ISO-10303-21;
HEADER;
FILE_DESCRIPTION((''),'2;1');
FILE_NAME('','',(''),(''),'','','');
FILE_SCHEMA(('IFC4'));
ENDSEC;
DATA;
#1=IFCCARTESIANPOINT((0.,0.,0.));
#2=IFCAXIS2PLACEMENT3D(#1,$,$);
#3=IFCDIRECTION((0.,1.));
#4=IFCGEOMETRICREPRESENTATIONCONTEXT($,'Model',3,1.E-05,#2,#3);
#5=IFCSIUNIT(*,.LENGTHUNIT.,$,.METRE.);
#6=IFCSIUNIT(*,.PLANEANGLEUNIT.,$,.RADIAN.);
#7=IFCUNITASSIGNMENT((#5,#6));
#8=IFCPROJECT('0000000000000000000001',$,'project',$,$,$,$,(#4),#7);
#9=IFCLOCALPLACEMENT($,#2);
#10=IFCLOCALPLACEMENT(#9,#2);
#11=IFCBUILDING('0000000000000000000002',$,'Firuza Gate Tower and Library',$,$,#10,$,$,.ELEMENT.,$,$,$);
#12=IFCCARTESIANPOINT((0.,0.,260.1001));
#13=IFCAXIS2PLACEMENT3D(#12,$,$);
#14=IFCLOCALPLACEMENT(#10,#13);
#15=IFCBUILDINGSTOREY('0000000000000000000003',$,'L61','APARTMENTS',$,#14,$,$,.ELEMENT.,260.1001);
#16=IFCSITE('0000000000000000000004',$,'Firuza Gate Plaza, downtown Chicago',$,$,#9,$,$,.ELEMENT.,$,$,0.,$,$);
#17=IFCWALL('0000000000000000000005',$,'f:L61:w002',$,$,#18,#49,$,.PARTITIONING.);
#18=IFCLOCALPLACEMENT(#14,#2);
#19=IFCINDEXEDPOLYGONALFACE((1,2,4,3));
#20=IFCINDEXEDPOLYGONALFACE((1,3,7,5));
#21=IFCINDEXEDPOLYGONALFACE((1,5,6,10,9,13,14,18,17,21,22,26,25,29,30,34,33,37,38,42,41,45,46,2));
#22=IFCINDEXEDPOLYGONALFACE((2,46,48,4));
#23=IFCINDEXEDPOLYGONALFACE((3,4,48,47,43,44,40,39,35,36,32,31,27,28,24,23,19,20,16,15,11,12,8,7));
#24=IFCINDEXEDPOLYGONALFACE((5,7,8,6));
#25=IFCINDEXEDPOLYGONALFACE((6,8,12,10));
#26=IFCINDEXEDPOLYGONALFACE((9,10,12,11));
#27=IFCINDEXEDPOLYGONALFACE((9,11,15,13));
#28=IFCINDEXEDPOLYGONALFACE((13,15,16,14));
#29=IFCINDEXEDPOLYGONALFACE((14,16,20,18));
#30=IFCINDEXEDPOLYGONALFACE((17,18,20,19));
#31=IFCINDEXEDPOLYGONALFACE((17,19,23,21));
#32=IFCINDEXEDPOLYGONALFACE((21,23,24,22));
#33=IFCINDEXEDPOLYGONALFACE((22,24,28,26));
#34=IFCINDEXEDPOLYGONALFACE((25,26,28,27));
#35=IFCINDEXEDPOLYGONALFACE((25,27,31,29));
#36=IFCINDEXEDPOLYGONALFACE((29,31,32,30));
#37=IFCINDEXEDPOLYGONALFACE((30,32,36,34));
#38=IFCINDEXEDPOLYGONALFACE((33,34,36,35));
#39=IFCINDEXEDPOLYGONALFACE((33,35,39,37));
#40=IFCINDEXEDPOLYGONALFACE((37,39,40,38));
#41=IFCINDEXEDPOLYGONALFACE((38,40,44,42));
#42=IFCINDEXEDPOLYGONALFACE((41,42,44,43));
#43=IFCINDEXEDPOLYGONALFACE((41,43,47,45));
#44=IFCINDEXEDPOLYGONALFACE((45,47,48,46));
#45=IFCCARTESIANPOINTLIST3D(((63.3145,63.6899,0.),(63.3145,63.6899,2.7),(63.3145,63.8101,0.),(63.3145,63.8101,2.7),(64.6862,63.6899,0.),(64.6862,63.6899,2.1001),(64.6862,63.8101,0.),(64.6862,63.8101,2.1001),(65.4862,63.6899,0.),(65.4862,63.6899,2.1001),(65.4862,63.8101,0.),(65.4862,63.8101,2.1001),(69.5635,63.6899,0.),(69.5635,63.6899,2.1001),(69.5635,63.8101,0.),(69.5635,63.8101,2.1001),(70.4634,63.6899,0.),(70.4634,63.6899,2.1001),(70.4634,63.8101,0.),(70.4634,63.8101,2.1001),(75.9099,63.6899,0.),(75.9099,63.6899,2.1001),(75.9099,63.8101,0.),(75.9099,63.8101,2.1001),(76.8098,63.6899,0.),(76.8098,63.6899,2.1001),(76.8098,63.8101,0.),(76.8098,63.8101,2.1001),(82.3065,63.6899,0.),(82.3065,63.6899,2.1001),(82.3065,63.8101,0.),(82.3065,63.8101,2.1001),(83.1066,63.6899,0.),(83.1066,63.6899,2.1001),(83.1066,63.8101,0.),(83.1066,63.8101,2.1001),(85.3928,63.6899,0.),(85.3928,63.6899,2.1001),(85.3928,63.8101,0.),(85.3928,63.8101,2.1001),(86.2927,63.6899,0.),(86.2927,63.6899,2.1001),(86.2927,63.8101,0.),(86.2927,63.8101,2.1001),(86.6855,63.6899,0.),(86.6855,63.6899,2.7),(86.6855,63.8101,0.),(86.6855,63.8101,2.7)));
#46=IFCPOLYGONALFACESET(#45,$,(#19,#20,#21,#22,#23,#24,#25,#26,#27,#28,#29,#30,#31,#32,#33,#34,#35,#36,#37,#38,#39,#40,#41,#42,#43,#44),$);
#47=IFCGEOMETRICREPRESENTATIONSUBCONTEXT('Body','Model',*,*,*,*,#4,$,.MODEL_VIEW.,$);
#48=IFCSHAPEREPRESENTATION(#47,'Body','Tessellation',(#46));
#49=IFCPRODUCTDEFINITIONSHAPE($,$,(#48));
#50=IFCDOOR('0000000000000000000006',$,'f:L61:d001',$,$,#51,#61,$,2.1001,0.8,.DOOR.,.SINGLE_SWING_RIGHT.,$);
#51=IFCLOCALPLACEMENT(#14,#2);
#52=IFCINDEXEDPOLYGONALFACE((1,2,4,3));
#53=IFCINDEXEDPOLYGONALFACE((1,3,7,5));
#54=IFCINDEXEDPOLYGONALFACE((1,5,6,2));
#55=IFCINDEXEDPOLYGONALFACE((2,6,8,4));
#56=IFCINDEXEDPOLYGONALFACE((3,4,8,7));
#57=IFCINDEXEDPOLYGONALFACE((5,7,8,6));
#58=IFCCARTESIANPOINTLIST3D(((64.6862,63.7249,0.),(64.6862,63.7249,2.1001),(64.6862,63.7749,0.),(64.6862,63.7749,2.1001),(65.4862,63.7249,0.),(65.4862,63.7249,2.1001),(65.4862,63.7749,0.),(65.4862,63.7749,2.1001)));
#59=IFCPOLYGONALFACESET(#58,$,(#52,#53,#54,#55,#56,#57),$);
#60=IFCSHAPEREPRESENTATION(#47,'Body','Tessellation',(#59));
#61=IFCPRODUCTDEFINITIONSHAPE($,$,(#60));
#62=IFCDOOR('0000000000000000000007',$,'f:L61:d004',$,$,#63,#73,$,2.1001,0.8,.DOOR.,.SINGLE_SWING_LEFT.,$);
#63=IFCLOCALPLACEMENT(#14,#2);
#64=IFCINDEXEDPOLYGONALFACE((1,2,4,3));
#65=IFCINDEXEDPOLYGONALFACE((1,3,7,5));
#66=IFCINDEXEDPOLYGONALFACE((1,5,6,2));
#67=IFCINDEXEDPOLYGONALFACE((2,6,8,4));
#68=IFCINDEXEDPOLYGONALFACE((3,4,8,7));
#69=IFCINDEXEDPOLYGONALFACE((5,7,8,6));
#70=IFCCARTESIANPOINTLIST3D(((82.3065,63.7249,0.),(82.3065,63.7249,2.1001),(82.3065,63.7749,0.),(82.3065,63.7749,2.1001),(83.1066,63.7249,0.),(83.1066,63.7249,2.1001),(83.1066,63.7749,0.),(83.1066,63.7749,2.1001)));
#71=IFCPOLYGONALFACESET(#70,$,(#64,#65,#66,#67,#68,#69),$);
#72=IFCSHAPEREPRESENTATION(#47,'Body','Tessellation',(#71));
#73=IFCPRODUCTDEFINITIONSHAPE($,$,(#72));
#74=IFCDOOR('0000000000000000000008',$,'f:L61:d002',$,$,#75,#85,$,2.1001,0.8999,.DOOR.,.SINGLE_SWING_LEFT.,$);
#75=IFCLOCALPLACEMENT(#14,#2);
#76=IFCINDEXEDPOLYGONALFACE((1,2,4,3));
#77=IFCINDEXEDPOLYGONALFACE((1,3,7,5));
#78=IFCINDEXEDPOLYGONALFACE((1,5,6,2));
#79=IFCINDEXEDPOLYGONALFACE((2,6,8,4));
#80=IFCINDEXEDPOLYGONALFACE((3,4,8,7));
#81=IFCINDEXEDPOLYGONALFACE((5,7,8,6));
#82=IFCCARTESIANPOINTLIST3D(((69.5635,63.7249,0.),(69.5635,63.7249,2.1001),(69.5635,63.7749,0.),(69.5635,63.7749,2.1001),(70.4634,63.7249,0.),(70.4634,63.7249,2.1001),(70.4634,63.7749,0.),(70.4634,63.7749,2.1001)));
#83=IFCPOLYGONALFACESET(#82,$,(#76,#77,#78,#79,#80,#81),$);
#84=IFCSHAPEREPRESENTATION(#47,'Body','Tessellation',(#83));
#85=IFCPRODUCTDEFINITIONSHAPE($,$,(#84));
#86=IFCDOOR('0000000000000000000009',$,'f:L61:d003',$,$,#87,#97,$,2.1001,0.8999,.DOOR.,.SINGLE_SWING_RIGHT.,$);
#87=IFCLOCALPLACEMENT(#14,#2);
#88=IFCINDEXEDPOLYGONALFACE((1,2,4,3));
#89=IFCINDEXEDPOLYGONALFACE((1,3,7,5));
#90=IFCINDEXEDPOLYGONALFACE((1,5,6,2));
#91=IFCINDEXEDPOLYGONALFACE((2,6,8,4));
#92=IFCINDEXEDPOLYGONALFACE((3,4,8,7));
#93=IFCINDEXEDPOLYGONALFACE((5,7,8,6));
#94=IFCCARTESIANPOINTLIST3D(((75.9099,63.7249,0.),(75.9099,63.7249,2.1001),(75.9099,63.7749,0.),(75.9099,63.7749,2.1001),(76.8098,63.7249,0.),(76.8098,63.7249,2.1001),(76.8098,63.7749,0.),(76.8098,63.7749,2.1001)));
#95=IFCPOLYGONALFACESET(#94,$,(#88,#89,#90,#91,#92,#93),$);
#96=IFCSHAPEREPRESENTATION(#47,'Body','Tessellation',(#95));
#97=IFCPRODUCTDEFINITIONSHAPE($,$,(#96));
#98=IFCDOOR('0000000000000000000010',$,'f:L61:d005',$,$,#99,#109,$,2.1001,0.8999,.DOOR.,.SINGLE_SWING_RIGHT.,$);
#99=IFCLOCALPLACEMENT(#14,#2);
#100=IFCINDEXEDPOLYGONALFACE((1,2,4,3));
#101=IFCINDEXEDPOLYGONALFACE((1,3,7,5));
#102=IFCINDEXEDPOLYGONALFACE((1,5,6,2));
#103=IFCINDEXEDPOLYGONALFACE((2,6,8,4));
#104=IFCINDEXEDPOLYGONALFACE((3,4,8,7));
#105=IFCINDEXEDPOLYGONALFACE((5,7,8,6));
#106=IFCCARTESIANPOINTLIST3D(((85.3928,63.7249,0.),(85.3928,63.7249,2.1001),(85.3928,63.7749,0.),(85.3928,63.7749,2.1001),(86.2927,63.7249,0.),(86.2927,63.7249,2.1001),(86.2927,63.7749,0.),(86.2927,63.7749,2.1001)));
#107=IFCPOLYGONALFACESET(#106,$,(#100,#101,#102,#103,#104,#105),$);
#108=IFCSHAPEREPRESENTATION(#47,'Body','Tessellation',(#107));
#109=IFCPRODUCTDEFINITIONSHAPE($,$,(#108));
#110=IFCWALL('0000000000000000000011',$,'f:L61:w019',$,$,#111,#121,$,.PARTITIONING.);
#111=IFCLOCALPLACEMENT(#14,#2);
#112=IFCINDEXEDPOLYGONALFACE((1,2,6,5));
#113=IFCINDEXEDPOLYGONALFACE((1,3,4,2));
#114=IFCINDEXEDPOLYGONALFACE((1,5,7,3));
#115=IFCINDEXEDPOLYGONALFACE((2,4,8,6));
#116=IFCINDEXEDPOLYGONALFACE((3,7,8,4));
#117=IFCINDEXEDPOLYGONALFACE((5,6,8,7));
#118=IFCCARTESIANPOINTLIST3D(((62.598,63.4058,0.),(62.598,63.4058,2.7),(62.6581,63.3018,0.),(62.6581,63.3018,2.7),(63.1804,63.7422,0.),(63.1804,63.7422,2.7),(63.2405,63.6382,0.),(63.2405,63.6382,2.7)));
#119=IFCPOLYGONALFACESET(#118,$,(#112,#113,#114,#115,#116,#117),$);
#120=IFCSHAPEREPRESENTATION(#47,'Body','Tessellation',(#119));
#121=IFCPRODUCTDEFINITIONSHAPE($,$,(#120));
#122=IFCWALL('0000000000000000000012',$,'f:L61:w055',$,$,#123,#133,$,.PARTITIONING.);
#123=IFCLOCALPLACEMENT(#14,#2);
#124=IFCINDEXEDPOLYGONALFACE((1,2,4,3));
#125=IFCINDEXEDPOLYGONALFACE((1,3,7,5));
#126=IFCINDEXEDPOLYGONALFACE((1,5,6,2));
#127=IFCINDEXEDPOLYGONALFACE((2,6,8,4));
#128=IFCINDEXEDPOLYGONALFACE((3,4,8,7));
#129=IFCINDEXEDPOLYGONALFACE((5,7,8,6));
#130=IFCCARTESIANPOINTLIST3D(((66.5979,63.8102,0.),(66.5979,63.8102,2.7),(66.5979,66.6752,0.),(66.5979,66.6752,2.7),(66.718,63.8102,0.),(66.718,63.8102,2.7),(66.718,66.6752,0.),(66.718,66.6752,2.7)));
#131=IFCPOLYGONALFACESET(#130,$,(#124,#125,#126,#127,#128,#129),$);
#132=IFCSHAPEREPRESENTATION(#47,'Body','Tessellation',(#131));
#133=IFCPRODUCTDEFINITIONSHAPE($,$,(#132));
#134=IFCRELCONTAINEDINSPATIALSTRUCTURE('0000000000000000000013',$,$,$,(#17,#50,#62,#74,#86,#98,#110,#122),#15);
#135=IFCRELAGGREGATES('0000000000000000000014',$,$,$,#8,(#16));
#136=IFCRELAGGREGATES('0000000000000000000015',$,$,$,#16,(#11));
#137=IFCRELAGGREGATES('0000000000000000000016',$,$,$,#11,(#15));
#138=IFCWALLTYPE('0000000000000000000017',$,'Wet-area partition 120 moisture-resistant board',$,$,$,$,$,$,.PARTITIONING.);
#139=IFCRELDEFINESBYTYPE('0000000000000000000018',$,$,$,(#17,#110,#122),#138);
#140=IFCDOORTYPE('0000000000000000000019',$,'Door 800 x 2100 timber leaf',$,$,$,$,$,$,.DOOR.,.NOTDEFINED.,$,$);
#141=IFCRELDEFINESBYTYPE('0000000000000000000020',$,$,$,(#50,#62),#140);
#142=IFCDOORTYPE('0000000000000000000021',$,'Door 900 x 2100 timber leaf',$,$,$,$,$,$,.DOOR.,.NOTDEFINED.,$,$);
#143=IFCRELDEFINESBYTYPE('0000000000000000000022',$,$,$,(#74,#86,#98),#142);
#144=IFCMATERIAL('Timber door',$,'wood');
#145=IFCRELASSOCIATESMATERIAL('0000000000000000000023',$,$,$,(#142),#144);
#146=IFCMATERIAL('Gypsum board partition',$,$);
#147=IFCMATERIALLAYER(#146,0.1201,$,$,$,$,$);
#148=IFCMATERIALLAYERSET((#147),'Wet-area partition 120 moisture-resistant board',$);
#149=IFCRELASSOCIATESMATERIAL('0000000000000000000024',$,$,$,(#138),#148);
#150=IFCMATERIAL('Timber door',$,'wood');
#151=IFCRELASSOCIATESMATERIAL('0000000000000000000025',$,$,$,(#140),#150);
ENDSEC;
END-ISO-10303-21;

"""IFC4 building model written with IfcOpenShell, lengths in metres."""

from ifc_helpers import new_model, si_unit, direction, frame, frame_2d, origin, place, context, subcontext, project, spatial, rectangle, extrude, material, layer, layer_set, type_object, element, fill, save


model = new_model("IFC4")

# Units and contexts
model_context = context("Model", 3, precision=1e-05, world=origin(), true_north=direction((0.0, 1.0)))
body_context = subcontext(model_context, "Body", "Model", "MODEL_VIEW")
ifc_project = project(units=[si_unit("LENGTHUNIT", "METRE"), si_unit("PLANEANGLEUNIT", "RADIAN")], contexts=[model_context])

# Site, building, storey
site_placement = place(None, origin())
site = spatial("IfcSite", under=ifc_project, at=site_placement, Name="Firuza Gate Plaza, downtown Chicago", CompositionType="ELEMENT", RefElevation=0.0)
building_placement = place(site_placement, origin())
building = spatial("IfcBuilding", under=site, at=building_placement, Name="Firuza Gate Tower and Library", CompositionType="ELEMENT")
storey_placement = place(building_placement, frame((0.0, 0.0, 260.1001)))
storey = spatial("IfcBuildingStorey", under=building, at=storey_placement, Name="L61", Description="APARTMENTS", CompositionType="ELEMENT", Elevation=260.1001)

# Shared definitions
ifc_material_1 = material(Name="Timber door", Category="wood")
door_type_1 = type_object("IfcDoorType", Name="Door 900 x 2100 timber leaf", OperationType="NOTDEFINED", PredefinedType="DOOR", material=ifc_material_1)

# Wall, openings, doors
ifc_material_2 = material(Name="Gypsum board partition")
ifc_layer_1 = layer(ifc_material_2, 0.1201)
ifc_layer_set_1 = layer_set([ifc_layer_1], Name="Wet-area partition 120 moisture-resistant board")
wall_type_1 = type_object("IfcWallType", Name="Wet-area partition 120 moisture-resistant board", PredefinedType="PARTITIONING", material=ifc_layer_set_1)
wall_1_placement = place(storey_placement, frame((63.3145, 63.75, 0.0), z_axis=(0.0, 0.0, 1.0), x_axis=(1.0, 0.0, 0.0)))
wall_1 = element("IfcWall", 1, at=wall_1_placement, inside=storey, type_object=wall_type_1, Name="f:L61:w002", PredefinedType="PARTITIONING", context=body_context, shape_type="SweptSolid", body=[
    extrude(rectangle(XDim=23.3711, YDim=0.1201, at=frame_2d((11.6855, 0.0))), origin(), (0.0, 0.0, 1.0), 2.7),
])
opening_1_placement = place(wall_1_placement, frame((1.3718, 0.0, 0.0)))
opening_1 = element("IfcOpeningElement", 2, at=opening_1_placement, cuts=wall_1, PredefinedType="OPENING", context=body_context, shape_type="SweptSolid", body=[
    extrude(rectangle(XDim=0.8, YDim=2.1001, at=frame_2d((0.3999, 1.05))), frame((0.0, 0.0701, 0.0), z_axis=(0.0, -1.0, 0.0), x_axis=(1.0, 0.0, 0.0)), (0.0, 0.0, 1.0), 0.1401),
])
opening_2_placement = place(wall_1_placement, frame((6.249, 0.0, 0.0)))
opening_2 = element("IfcOpeningElement", 3, at=opening_2_placement, cuts=wall_1, PredefinedType="OPENING", context=body_context, shape_type="SweptSolid", body=[
    extrude(rectangle(XDim=0.8999, YDim=2.1001, at=frame_2d((0.45, 1.05))), frame((0.0, 0.0701, 0.0), z_axis=(0.0, -1.0, 0.0), x_axis=(1.0, 0.0, 0.0)), (0.0, 0.0, 1.0), 0.1401),
])
opening_3_placement = place(wall_1_placement, frame((12.5955, 0.0, 0.0)))
opening_3 = element("IfcOpeningElement", 4, at=opening_3_placement, cuts=wall_1, PredefinedType="OPENING", context=body_context, shape_type="SweptSolid", body=[
    extrude(rectangle(XDim=0.8999, YDim=2.1001, at=frame_2d((0.45, 1.05))), frame((0.0, 0.0701, 0.0), z_axis=(0.0, -1.0, 0.0), x_axis=(1.0, 0.0, 0.0)), (0.0, 0.0, 1.0), 0.1401),
])
opening_4_placement = place(wall_1_placement, frame((18.9922, 0.0, 0.0)))
opening_4 = element("IfcOpeningElement", 5, at=opening_4_placement, cuts=wall_1, PredefinedType="OPENING", context=body_context, shape_type="SweptSolid", body=[
    extrude(rectangle(XDim=0.8, YDim=2.1001, at=frame_2d((0.3999, 1.05))), frame((0.0, 0.0701, 0.0), z_axis=(0.0, -1.0, 0.0), x_axis=(1.0, 0.0, 0.0)), (0.0, 0.0, 1.0), 0.1401),
])
opening_5_placement = place(wall_1_placement, frame((22.0784, 0.0, 0.0)))
opening_5 = element("IfcOpeningElement", 6, at=opening_5_placement, cuts=wall_1, PredefinedType="OPENING", context=body_context, shape_type="SweptSolid", body=[
    extrude(rectangle(XDim=0.8999, YDim=2.1001, at=frame_2d((0.45, 1.05))), frame((0.0, 0.0701, 0.0), z_axis=(0.0, -1.0, 0.0), x_axis=(1.0, 0.0, 0.0)), (0.0, 0.0, 1.0), 0.1401),
])
ifc_material_3 = material(Name="Timber door", Category="wood")
door_type_2 = type_object("IfcDoorType", Name="Door 800 x 2100 timber leaf", OperationType="NOTDEFINED", PredefinedType="DOOR", material=ifc_material_3)
door_1_placement = place(opening_1_placement, origin())
door_1 = element("IfcDoor", 7, at=door_1_placement, inside=storey, type_object=door_type_2, Name="f:L61:d001", OperationType="SINGLE_SWING_RIGHT", OverallHeight=2.1001, OverallWidth=0.8, PredefinedType="DOOR", context=body_context, shape_type="SweptSolid", body=[
    extrude(rectangle(XDim=0.8, YDim=2.1001, at=frame_2d((0.3999, 1.05))), frame((0.0, 0.0249, 0.0), z_axis=(0.0, -1.0, 0.0), x_axis=(1.0, 0.0, 0.0)), (0.0, 0.0, 1.0), 0.05),
])
fill(opening_1, door_1)
door_2_placement = place(opening_4_placement, origin())
door_2 = element("IfcDoor", 8, at=door_2_placement, inside=storey, type_object=door_type_2, Name="f:L61:d004", OperationType="SINGLE_SWING_LEFT", OverallHeight=2.1001, OverallWidth=0.8, PredefinedType="DOOR", context=body_context, shape_type="SweptSolid", body=[
    extrude(rectangle(XDim=0.8, YDim=2.1001, at=frame_2d((0.3999, 1.05))), frame((0.0, 0.0249, 0.0), z_axis=(0.0, -1.0, 0.0), x_axis=(1.0, 0.0, 0.0)), (0.0, 0.0, 1.0), 0.05),
])
fill(opening_4, door_2)
door_3_placement = place(opening_2_placement, origin())
door_3 = element("IfcDoor", 9, at=door_3_placement, inside=storey, type_object=door_type_1, Name="f:L61:d002", OperationType="SINGLE_SWING_LEFT", OverallHeight=2.1001, OverallWidth=0.8999, PredefinedType="DOOR", context=body_context, shape_type="SweptSolid", body=[
    extrude(rectangle(XDim=0.8999, YDim=2.1001, at=frame_2d((0.45, 1.05))), frame((0.0, 0.0249, 0.0), z_axis=(0.0, -1.0, 0.0), x_axis=(1.0, 0.0, 0.0)), (0.0, 0.0, 1.0), 0.05),
])
fill(opening_2, door_3)
door_4_placement = place(opening_3_placement, origin())
door_4 = element("IfcDoor", 10, at=door_4_placement, inside=storey, type_object=door_type_1, Name="f:L61:d003", OperationType="SINGLE_SWING_RIGHT", OverallHeight=2.1001, OverallWidth=0.8999, PredefinedType="DOOR", context=body_context, shape_type="SweptSolid", body=[
    extrude(rectangle(XDim=0.8999, YDim=2.1001, at=frame_2d((0.45, 1.05))), frame((0.0, 0.0249, 0.0), z_axis=(0.0, -1.0, 0.0), x_axis=(1.0, 0.0, 0.0)), (0.0, 0.0, 1.0), 0.05),
])
fill(opening_3, door_4)
door_5_placement = place(opening_5_placement, origin())
door_5 = element("IfcDoor", 11, at=door_5_placement, inside=storey, type_object=door_type_1, Name="f:L61:d005", OperationType="SINGLE_SWING_RIGHT", OverallHeight=2.1001, OverallWidth=0.8999, PredefinedType="DOOR", context=body_context, shape_type="SweptSolid", body=[
    extrude(rectangle(XDim=0.8999, YDim=2.1001, at=frame_2d((0.45, 1.05))), frame((0.0, 0.0249, 0.0), z_axis=(0.0, -1.0, 0.0), x_axis=(1.0, 0.0, 0.0)), (0.0, 0.0, 1.0), 0.05),
])
fill(opening_5, door_5)

# Walls
wall_2_placement = place(storey_placement, frame((62.6279, 63.3538, 0.0), z_axis=(0.0, 0.0, 1.0), x_axis=(0.865956, 0.50012, 0.0)))
element("IfcWall", 12, at=wall_2_placement, inside=storey, type_object=wall_type_1, Name="f:L61:w019", PredefinedType="PARTITIONING", context=body_context, shape_type="SweptSolid", body=[
    extrude(rectangle(XDim=0.6726, YDim=0.1201, at=frame_2d((0.3364, 0.0))), origin(), (0.0, 0.0, 1.0), 2.7),
])
wall_3_placement = place(storey_placement, frame((66.658, 63.8101, 0.0), z_axis=(0.0, 0.0, 1.0), x_axis=(0.0, 1.0, 0.0)))
element("IfcWall", 13, at=wall_3_placement, inside=storey, type_object=wall_type_1, Name="f:L61:w055", PredefinedType="PARTITIONING", context=body_context, shape_type="SweptSolid", body=[
    extrude(rectangle(XDim=2.865, YDim=0.1201, at=frame_2d((1.4326, 0.0))), origin(), (0.0, 0.0, 1.0), 2.7),
])

save(model, "model.ifc")
